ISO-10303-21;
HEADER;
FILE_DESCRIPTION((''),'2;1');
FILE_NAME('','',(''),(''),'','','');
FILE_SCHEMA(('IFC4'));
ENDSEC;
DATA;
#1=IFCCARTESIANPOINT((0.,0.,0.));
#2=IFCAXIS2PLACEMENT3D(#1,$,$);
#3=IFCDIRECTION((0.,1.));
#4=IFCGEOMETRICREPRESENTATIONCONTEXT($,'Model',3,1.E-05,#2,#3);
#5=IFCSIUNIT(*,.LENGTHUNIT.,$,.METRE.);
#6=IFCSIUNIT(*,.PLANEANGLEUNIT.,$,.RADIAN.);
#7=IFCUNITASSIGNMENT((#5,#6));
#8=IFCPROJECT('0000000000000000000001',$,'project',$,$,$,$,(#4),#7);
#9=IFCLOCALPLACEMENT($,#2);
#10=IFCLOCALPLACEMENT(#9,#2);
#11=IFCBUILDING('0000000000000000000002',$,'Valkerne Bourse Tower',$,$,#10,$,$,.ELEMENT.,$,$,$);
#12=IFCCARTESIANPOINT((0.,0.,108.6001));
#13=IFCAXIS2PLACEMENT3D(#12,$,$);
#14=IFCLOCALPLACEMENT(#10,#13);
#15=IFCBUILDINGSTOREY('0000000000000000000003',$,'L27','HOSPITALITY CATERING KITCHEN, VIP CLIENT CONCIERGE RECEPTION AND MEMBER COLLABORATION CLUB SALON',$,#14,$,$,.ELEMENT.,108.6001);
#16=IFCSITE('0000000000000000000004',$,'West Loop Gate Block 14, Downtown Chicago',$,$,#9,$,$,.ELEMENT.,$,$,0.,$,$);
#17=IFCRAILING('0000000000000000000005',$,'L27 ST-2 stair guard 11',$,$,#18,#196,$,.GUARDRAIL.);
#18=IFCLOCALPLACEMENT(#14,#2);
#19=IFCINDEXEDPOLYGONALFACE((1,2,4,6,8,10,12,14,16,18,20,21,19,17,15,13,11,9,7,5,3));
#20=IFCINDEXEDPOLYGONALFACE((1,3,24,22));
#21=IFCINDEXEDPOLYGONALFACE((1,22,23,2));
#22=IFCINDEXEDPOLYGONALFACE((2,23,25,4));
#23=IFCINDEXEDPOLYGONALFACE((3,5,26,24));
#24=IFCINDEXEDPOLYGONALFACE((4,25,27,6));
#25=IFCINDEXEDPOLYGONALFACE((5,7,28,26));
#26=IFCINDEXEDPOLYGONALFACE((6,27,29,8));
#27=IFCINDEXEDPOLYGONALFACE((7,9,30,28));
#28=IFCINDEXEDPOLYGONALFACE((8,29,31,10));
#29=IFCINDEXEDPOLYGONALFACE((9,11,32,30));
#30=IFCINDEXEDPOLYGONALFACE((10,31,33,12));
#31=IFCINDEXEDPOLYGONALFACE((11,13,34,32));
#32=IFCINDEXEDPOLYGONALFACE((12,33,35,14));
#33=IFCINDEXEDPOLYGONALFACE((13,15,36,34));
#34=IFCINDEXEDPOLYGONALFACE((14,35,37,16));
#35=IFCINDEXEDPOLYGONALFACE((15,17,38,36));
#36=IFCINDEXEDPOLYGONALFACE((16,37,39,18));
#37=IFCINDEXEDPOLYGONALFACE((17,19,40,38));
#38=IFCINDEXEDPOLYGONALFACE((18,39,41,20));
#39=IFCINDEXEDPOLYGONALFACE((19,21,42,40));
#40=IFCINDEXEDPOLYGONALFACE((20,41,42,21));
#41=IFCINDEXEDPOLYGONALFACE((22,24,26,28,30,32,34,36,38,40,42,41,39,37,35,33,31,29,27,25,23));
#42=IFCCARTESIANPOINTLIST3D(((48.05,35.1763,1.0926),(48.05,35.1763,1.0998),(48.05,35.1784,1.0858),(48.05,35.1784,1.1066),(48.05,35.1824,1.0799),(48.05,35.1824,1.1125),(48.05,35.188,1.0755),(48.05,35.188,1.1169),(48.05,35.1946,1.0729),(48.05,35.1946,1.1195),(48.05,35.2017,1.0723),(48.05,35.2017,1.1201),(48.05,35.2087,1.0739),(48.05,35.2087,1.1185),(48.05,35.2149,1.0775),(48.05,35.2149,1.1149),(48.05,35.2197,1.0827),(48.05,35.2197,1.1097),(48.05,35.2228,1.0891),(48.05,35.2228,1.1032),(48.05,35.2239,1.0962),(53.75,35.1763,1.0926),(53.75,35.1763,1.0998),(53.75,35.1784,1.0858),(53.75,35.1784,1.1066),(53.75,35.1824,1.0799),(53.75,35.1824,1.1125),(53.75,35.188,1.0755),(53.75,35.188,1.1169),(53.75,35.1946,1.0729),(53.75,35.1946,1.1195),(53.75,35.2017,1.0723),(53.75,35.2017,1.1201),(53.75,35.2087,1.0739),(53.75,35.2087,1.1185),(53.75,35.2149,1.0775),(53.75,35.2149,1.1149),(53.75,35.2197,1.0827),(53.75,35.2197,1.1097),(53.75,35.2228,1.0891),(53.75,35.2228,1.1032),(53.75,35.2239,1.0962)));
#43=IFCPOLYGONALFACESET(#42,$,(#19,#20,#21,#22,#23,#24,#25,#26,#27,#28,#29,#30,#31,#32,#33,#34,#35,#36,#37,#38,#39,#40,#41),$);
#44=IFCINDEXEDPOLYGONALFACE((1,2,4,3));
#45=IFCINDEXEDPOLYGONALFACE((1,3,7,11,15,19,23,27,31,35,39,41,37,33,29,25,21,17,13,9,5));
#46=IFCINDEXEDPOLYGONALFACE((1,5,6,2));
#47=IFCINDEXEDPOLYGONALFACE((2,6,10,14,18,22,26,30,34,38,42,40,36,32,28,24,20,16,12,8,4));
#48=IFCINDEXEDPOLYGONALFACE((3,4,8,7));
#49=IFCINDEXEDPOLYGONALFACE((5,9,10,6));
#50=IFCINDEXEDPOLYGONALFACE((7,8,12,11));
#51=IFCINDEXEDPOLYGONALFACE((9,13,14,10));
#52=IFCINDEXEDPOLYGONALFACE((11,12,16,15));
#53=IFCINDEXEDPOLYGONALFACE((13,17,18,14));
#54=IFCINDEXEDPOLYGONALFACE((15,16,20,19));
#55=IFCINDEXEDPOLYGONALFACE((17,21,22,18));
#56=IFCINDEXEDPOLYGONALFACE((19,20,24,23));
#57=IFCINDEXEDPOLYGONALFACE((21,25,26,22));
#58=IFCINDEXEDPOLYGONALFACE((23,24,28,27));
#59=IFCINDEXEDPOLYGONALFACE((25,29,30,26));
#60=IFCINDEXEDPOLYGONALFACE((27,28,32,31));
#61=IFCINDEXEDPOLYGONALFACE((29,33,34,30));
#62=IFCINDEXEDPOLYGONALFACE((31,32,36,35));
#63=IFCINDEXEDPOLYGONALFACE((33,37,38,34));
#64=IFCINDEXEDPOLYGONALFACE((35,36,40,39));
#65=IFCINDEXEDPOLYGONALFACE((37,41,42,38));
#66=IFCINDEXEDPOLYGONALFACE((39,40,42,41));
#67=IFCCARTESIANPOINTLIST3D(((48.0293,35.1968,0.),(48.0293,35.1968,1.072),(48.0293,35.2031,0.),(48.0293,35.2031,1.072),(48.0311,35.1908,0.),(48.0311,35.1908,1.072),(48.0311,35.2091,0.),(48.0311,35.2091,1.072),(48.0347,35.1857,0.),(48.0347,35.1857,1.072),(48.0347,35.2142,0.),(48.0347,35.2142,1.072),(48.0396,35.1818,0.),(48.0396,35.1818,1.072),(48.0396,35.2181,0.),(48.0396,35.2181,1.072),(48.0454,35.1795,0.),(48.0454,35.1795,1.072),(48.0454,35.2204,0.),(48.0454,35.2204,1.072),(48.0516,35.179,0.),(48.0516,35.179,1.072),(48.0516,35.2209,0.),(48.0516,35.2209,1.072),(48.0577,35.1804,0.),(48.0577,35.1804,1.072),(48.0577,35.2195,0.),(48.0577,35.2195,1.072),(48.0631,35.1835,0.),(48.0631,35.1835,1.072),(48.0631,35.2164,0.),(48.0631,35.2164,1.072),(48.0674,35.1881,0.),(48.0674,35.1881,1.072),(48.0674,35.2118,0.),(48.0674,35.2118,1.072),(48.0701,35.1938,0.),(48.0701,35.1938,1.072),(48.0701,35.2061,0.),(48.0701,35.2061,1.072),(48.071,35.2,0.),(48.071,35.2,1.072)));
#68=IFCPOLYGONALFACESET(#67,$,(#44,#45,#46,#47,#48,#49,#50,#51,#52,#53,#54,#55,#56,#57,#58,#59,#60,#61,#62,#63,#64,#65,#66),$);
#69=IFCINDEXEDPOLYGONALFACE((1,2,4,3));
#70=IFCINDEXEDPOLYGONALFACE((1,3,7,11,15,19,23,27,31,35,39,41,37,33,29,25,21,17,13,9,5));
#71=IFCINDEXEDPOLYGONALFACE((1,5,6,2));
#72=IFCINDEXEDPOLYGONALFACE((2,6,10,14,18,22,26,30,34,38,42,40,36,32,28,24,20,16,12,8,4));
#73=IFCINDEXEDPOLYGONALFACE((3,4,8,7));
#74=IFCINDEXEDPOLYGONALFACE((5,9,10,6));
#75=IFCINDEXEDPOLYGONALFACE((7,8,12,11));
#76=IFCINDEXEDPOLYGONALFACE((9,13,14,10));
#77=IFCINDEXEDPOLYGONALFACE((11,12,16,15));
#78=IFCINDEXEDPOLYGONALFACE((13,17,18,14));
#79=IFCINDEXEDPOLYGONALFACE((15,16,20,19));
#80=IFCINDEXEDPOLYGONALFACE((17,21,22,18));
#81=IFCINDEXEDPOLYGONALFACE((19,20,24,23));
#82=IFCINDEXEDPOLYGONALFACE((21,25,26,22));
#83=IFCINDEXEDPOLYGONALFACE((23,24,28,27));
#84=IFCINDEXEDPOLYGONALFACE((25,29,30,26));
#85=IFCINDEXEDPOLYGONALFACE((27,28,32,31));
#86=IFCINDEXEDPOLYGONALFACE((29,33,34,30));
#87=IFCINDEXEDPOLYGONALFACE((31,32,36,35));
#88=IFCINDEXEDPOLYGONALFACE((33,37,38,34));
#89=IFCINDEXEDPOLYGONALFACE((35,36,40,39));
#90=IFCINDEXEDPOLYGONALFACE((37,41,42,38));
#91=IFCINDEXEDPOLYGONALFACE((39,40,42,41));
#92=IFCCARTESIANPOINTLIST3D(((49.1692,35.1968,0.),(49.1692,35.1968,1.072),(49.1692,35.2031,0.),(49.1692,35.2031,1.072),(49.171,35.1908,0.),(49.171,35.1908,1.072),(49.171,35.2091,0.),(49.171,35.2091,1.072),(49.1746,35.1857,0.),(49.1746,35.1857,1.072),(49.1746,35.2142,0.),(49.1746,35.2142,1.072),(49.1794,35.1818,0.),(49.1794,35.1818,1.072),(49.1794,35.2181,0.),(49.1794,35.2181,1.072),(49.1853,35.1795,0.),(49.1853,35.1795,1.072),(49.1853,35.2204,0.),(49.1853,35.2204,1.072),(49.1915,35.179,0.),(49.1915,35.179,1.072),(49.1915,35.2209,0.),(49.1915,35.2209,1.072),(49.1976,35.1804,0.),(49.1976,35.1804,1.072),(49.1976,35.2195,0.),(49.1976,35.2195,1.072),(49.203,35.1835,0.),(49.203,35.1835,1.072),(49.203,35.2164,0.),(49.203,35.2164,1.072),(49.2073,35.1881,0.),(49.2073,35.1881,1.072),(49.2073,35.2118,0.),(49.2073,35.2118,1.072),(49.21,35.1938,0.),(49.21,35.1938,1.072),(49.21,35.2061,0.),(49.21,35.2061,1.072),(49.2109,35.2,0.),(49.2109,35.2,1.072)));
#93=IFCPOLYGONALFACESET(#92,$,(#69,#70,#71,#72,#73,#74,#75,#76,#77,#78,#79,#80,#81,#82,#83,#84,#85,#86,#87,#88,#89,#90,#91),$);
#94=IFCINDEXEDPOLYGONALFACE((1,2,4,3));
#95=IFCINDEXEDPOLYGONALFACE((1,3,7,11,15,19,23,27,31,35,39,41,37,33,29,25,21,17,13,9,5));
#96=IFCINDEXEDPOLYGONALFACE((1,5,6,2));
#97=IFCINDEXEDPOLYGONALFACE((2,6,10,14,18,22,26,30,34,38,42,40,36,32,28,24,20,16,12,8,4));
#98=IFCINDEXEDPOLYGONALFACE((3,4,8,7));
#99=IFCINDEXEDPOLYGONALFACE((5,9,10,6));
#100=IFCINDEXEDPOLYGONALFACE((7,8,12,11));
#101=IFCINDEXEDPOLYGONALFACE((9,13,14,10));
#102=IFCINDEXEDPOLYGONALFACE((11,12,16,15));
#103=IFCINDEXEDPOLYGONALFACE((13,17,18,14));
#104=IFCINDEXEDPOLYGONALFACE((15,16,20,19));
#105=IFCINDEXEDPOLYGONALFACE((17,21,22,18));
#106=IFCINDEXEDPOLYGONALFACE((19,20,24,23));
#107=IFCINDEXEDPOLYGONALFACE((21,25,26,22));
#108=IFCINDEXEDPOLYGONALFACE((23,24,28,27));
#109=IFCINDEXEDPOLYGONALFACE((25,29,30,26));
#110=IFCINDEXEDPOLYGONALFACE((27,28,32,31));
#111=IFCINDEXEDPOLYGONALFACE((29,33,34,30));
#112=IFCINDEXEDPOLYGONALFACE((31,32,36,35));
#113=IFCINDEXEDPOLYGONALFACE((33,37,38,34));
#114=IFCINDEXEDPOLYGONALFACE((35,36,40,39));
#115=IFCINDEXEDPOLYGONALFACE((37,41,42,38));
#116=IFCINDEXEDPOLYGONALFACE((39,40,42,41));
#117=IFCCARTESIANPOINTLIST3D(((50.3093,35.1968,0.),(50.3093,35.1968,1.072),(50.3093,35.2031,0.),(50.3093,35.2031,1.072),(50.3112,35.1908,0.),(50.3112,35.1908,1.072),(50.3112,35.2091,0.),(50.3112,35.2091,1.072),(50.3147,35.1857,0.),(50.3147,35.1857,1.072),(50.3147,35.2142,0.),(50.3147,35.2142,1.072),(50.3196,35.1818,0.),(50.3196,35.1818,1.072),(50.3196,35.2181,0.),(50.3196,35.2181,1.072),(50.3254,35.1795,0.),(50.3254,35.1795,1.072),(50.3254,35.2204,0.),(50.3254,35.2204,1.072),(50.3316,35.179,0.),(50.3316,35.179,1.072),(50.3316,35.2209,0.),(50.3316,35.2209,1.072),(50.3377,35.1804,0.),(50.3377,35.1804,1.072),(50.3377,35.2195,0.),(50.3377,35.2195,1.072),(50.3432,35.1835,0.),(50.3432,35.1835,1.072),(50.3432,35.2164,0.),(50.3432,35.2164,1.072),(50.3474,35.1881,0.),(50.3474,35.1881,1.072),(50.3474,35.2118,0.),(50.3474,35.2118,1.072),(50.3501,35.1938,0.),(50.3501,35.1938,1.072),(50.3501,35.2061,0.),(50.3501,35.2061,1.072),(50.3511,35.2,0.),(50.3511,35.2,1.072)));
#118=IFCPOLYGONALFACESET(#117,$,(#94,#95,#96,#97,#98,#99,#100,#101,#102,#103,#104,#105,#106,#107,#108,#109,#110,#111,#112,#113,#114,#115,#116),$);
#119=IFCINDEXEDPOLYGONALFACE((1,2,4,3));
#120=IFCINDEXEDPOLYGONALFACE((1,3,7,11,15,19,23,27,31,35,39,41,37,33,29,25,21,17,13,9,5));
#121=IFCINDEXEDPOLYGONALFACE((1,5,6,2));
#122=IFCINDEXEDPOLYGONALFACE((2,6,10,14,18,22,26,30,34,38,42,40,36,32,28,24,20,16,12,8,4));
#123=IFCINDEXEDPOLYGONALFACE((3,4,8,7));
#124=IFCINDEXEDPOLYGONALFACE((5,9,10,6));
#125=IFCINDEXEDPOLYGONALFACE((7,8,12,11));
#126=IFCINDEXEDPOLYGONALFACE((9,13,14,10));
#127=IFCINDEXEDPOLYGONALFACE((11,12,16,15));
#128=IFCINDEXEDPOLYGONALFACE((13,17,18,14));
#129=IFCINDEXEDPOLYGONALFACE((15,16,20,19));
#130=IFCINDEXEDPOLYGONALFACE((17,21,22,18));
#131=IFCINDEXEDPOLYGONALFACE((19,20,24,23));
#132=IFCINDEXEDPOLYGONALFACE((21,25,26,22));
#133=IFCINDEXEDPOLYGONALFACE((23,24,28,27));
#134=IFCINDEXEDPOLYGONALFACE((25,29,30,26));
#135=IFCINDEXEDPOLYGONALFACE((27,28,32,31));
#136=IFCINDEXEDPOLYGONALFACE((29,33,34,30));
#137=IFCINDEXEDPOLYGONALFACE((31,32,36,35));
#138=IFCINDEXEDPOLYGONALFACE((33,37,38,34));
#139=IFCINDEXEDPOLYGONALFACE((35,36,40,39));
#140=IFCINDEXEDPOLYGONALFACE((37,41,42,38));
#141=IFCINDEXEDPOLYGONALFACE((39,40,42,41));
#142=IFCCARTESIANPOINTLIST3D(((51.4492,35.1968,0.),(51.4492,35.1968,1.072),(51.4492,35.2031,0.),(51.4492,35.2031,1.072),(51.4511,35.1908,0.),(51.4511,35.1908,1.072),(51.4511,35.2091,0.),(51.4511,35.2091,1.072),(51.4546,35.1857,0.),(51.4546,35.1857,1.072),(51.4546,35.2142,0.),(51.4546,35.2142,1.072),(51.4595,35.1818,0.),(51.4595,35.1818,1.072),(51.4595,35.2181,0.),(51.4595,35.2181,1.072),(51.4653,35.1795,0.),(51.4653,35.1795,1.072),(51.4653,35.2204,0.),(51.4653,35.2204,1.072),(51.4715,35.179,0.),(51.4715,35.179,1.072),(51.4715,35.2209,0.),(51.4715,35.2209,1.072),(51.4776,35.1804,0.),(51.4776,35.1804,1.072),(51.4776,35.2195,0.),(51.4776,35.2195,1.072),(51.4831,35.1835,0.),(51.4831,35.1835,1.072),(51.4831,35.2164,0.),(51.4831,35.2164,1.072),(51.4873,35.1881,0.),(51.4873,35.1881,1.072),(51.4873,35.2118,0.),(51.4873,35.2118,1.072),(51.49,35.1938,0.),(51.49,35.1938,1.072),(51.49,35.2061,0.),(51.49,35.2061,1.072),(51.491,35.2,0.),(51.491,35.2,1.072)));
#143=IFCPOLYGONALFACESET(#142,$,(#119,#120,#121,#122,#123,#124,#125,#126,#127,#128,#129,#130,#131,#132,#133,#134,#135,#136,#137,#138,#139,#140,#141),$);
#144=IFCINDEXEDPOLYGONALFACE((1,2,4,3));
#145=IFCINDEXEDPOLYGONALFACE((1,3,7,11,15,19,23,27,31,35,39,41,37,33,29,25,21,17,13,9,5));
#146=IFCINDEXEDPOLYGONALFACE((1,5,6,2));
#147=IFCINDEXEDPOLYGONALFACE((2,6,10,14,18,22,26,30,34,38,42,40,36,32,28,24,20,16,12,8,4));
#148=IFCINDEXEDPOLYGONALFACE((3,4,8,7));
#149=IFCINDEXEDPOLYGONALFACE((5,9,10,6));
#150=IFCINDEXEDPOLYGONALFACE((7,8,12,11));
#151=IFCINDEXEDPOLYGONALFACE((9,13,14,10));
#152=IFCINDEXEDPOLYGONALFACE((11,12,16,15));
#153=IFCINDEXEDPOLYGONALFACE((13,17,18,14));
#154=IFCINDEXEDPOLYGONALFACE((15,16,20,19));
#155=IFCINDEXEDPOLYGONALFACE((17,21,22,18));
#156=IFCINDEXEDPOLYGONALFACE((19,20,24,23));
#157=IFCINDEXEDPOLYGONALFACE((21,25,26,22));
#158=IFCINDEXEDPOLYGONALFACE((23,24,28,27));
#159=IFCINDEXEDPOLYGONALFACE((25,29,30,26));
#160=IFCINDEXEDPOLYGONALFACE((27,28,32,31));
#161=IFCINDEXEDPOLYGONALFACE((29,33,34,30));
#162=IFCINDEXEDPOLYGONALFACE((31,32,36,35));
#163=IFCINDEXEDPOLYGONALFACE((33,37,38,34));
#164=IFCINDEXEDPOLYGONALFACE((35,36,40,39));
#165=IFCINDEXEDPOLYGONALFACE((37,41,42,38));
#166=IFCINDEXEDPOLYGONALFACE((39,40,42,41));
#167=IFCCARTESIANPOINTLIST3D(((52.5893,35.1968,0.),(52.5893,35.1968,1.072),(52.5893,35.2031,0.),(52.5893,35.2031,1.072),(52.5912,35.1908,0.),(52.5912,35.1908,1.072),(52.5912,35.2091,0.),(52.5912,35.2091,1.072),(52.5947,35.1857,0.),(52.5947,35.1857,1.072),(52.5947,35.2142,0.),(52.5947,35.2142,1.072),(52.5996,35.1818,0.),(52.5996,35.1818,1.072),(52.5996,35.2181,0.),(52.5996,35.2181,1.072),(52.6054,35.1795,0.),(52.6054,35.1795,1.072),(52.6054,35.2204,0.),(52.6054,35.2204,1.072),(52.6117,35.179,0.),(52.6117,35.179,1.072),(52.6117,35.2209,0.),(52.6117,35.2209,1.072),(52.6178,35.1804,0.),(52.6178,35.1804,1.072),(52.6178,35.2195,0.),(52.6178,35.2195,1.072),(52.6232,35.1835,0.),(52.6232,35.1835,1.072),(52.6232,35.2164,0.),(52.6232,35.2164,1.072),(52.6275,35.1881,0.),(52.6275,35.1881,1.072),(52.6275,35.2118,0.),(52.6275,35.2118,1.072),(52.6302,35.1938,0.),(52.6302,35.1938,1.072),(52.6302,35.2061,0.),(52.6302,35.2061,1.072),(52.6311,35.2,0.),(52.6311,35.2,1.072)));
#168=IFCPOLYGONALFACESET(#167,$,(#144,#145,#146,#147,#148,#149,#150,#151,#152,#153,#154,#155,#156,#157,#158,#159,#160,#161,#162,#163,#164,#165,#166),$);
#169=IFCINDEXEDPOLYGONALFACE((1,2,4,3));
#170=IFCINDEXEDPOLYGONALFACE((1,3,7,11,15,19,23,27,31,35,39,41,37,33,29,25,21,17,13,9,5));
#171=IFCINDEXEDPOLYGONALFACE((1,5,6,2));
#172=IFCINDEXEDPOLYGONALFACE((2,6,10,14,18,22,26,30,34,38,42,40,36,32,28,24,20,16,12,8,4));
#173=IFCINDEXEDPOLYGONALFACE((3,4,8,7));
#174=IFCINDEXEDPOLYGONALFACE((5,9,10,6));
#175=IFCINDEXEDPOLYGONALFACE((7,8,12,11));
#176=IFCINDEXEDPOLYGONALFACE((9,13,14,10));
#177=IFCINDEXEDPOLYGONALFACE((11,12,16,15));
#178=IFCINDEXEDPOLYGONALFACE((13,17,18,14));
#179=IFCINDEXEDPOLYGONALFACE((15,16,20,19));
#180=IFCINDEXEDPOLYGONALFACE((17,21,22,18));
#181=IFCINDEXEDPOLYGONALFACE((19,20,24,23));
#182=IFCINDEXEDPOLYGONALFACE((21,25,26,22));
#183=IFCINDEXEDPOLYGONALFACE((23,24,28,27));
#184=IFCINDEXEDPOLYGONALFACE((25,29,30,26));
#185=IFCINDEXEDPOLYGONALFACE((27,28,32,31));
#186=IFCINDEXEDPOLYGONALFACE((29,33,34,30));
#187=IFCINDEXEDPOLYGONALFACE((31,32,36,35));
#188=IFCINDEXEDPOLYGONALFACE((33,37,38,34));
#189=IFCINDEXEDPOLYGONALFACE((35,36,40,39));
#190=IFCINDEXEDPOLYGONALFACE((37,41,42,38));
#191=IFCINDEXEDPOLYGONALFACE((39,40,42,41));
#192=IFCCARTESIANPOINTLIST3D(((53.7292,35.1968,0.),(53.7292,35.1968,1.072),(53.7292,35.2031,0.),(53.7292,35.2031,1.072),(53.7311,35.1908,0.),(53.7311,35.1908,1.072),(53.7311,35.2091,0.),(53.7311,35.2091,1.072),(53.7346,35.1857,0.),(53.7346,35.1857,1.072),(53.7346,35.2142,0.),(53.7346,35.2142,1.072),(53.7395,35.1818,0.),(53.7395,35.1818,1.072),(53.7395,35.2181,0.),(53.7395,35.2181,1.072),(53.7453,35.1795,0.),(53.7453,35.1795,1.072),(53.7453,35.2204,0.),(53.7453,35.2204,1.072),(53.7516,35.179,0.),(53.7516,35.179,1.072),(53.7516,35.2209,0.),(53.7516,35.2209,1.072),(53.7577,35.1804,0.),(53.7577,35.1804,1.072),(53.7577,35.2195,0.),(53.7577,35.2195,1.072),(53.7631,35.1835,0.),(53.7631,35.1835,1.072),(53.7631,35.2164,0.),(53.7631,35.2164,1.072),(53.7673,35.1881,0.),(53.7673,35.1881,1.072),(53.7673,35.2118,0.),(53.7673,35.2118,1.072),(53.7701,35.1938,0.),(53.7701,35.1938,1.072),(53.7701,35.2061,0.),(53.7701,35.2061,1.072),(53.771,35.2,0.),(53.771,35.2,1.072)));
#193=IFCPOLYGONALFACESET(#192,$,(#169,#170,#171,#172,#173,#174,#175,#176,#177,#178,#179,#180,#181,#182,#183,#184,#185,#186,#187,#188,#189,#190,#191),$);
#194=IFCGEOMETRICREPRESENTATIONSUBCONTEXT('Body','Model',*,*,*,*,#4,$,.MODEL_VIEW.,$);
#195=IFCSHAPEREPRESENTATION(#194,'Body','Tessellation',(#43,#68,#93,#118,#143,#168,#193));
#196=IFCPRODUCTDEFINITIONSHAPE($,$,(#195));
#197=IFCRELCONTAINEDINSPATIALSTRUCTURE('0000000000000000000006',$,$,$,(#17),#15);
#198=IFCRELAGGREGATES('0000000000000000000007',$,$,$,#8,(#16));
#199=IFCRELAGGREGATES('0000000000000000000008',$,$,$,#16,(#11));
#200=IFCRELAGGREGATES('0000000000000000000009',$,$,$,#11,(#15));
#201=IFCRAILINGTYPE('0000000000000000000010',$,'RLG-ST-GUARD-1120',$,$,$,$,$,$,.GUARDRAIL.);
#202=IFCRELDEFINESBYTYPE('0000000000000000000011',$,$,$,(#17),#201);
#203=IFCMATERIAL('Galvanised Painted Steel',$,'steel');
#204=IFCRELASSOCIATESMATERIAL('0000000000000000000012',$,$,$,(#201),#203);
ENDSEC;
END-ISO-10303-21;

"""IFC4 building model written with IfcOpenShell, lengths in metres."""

from ifc_helpers import new_model, si_unit, direction, frame, origin, origin_2d, place, context, subcontext, project, spatial, circle, extrude, material, type_object, element, save


model = new_model("IFC4")

# Units and contexts
model_context = context("Model", 3, precision=1e-05, world=origin(), true_north=direction((0.0, 1.0)))
body_context = subcontext(model_context, "Body", "Model", "MODEL_VIEW")
ifc_project = project(units=[si_unit("LENGTHUNIT", "METRE"), si_unit("PLANEANGLEUNIT", "RADIAN")], contexts=[model_context])

# Site, building, storey
site_placement = place(None, origin())
site = spatial("IfcSite", under=ifc_project, at=site_placement, Name="West Loop Gate Block 14, Downtown Chicago", CompositionType="ELEMENT", RefElevation=0.0)
building_placement = place(site_placement, origin())
building = spatial("IfcBuilding", under=site, at=building_placement, Name="Valkerne Bourse Tower", CompositionType="ELEMENT")
storey_placement = place(building_placement, frame((0.0, 0.0, 108.6001)))
storey = spatial("IfcBuildingStorey", under=building, at=storey_placement, Name="L27", Description="HOSPITALITY CATERING KITCHEN, VIP CLIENT CONCIERGE RECEPTION AND MEMBER COLLABORATION CLUB SALON", CompositionType="ELEMENT", Elevation=108.6001)

# Shared definitions
ifc_material_1 = material(Name="Galvanised Painted Steel", Category="steel")

# Railing
railing_type_1 = type_object("IfcRailingType", Name="RLG-ST-GUARD-1120", PredefinedType="GUARDRAIL", material=ifc_material_1)
for number, where, name in (
    (1, (48.05, 35.2, 0.0), "L27 ST-2 stair guard 11"),
):
    element("IfcRailing", number, at=place(storey_placement, frame(where)), inside=storey, type_object=railing_type_1, Name=name, PredefinedType="GUARDRAIL", context=body_context, shape_type="SweptSolid", body=[
        extrude(circle(Radius=0.0239, at=origin_2d()), frame((0.0, 0.0, 1.0962), z_axis=(1.0, 0.0, 0.0), x_axis=(0.0, 1.0, 0.0)), (0.0, 0.0, 1.0), 5.7),
        extrude(circle(Radius=0.021, at=origin_2d()), origin(), (0.0, 0.0, 1.0), 1.072),
        extrude(circle(Radius=0.021, at=origin_2d()), frame((1.1399, 0.0, 0.0)), (0.0, 0.0, 1.0), 1.072),
        extrude(circle(Radius=0.021, at=origin_2d()), frame((2.28, 0.0, 0.0)), (0.0, 0.0, 1.0), 1.072),
        extrude(circle(Radius=0.021, at=origin_2d()), frame((3.4199, 0.0, 0.0)), (0.0, 0.0, 1.0), 1.072),
        extrude(circle(Radius=0.021, at=origin_2d()), frame((4.5601, 0.0, 0.0)), (0.0, 0.0, 1.0), 1.072),
        extrude(circle(Radius=0.021, at=origin_2d()), frame((5.7, 0.0, 0.0)), (0.0, 0.0, 1.0), 1.072),
    ])

save(model, "model.ifc")
